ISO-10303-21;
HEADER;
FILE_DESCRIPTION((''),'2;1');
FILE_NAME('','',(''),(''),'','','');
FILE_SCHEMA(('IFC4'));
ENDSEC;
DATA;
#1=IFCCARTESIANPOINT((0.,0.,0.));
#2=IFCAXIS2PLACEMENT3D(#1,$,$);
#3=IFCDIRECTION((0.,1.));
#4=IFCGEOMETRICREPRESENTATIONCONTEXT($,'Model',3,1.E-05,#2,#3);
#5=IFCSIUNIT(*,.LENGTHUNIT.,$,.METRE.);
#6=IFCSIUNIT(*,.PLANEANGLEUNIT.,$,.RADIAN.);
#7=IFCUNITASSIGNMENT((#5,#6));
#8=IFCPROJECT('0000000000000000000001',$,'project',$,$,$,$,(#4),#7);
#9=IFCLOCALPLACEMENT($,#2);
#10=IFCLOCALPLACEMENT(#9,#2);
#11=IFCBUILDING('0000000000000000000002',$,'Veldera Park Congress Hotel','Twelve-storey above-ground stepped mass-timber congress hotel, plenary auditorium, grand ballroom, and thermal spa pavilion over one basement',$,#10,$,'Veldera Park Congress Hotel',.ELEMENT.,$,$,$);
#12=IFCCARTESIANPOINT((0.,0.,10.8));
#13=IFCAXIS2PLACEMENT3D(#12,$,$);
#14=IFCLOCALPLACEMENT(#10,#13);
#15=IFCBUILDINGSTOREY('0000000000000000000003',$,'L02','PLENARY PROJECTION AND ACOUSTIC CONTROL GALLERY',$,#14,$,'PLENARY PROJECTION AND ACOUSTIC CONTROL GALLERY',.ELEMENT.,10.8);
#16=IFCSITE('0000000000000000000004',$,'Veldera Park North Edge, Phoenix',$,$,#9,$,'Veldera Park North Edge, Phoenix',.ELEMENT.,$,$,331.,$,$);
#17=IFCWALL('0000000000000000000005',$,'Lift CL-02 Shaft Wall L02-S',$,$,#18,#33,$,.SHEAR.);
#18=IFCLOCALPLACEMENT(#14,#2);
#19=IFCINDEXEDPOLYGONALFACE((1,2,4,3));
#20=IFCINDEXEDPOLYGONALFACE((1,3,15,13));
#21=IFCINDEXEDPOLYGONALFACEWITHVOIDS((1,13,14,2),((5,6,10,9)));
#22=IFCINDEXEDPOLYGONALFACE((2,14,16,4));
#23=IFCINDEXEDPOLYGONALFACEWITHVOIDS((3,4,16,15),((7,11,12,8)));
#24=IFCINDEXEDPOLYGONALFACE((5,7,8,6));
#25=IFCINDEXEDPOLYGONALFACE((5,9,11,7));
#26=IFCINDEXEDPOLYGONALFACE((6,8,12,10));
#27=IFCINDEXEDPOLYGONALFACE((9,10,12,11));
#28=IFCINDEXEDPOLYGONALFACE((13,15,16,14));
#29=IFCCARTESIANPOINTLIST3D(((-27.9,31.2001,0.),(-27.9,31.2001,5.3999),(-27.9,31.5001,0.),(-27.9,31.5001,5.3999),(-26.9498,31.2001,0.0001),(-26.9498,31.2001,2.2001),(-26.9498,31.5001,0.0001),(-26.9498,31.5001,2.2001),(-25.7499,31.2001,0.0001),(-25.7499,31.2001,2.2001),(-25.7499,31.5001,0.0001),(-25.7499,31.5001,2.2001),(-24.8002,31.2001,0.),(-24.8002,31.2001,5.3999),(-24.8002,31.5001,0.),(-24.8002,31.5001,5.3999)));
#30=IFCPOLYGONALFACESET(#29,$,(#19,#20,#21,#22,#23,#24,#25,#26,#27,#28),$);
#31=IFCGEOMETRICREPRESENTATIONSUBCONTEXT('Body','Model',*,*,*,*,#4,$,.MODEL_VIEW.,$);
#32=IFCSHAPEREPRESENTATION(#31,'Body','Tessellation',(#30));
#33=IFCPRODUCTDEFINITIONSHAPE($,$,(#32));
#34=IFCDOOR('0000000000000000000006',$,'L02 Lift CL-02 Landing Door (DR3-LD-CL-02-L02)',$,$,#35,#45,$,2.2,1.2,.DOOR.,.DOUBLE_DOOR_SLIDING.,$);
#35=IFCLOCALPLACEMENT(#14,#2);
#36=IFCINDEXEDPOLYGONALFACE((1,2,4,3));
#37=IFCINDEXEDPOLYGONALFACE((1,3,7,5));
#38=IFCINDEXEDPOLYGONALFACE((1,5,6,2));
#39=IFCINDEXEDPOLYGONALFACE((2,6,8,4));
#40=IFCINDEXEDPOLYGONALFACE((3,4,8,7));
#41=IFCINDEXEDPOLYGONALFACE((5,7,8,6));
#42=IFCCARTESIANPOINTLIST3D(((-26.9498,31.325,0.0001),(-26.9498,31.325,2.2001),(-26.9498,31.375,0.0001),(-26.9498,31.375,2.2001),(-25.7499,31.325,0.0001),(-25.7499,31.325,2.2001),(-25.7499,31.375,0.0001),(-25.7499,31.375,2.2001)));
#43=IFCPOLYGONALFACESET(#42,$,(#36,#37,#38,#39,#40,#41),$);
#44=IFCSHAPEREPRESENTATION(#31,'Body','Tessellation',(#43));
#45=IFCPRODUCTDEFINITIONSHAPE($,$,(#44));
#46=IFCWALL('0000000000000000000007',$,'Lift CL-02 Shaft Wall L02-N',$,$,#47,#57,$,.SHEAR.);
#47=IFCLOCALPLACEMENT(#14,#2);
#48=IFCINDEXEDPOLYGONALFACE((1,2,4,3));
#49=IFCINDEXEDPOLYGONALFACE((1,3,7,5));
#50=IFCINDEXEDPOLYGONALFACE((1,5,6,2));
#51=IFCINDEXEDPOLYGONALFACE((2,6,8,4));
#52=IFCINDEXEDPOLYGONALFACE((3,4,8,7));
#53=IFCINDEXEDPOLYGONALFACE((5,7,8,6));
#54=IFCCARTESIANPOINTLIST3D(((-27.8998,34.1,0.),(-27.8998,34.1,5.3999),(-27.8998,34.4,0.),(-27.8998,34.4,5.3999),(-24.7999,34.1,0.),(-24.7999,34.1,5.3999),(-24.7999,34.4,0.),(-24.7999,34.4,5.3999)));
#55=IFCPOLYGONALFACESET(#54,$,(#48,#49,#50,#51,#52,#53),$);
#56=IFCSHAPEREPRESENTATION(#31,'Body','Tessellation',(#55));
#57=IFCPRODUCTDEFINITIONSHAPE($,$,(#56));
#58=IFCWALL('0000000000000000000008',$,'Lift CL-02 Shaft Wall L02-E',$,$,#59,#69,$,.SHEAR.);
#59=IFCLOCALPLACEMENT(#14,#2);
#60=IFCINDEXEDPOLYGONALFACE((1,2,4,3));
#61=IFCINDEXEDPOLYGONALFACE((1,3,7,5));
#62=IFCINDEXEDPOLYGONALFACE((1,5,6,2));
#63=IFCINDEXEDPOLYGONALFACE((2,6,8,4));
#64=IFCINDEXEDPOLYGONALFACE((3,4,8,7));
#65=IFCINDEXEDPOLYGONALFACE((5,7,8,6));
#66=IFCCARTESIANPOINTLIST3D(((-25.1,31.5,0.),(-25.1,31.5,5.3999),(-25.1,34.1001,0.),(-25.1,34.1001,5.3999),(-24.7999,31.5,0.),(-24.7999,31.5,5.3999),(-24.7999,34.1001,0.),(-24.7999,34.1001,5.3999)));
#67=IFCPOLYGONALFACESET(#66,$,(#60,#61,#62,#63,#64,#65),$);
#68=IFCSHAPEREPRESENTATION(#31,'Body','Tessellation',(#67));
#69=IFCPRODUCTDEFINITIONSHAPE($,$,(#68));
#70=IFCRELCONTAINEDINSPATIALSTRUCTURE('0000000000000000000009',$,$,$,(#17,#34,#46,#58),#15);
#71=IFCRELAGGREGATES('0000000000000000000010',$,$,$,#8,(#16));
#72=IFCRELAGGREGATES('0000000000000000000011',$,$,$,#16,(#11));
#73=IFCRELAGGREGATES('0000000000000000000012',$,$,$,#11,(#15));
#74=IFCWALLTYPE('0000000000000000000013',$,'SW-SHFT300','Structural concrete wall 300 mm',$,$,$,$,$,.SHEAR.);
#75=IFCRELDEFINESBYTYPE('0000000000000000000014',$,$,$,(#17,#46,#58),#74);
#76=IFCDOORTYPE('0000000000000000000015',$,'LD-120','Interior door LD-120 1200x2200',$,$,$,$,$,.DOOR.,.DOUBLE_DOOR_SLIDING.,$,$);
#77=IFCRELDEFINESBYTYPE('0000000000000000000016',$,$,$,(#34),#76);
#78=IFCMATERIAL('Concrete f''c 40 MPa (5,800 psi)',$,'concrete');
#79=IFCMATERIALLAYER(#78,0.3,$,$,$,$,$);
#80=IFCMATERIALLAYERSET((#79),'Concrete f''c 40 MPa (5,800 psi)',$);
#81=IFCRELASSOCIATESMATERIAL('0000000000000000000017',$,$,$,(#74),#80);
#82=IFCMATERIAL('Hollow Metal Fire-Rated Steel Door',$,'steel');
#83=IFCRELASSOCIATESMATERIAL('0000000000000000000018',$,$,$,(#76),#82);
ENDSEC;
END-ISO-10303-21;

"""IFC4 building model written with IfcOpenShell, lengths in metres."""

from ifc_helpers import new_model, si_unit, direction, frame, frame_2d, origin, place, context, subcontext, project, spatial, rectangle, extrude, material, layer, layer_set, type_object, element, fill, save


model = new_model("IFC4")

# Units and contexts
model_context = context("Model", 3, precision=1e-05, world=origin(), true_north=direction((0.0, 1.0)))
body_context = subcontext(model_context, "Body", "Model", "MODEL_VIEW")
ifc_project = project(units=[si_unit("LENGTHUNIT", "METRE"), si_unit("PLANEANGLEUNIT", "RADIAN")], contexts=[model_context])

# Site, building, storey
site_placement = place(None, origin())
site = spatial("IfcSite", under=ifc_project, at=site_placement, Name="Veldera Park North Edge, Phoenix", LongName="Veldera Park North Edge, Phoenix", CompositionType="ELEMENT", RefElevation=331.0)
building_placement = place(site_placement, origin())
building = spatial("IfcBuilding", under=site, at=building_placement, Name="Veldera Park Congress Hotel", Description="Twelve-storey above-ground stepped mass-timber congress hotel, plenary auditorium, grand ballroom, and thermal spa pavilion over one basement", LongName="Veldera Park Congress Hotel", CompositionType="ELEMENT")
storey_placement = place(building_placement, frame((0.0, 0.0, 10.8)))
storey = spatial("IfcBuildingStorey", under=building, at=storey_placement, Name="L02", Description="PLENARY PROJECTION AND ACOUSTIC CONTROL GALLERY", LongName="PLENARY PROJECTION AND ACOUSTIC CONTROL GALLERY", CompositionType="ELEMENT", Elevation=10.8)

# Shared definitions
ifc_material_1 = material(Name="Concrete f'c 40 MPa (5,800 psi)", Category="concrete")
ifc_layer_1 = layer(ifc_material_1, 0.3)
ifc_layer_set_1 = layer_set([ifc_layer_1], Name="Concrete f'c 40 MPa (5,800 psi)")
wall_type_1 = type_object("IfcWallType", Name="SW-SHFT300", Description="Structural concrete wall 300 mm", PredefinedType="SHEAR", material=ifc_layer_set_1)
ifc_material_2 = material(Name="Hollow Metal Fire-Rated Steel Door", Category="steel")
door_type_1 = type_object("IfcDoorType", Name="LD-120", Description="Interior door LD-120 1200x2200", OperationType="DOUBLE_DOOR_SLIDING", PredefinedType="DOOR", material=ifc_material_2)

# Wall, opening, door
wall_1_placement = place(storey_placement, frame((-27.8999, 31.3501, 0.0), z_axis=(0.0, 0.0, 1.0), x_axis=(1.0, 0.0, 0.0)))
wall_1 = element("IfcWall", 1, at=wall_1_placement, inside=storey, type_object=wall_type_1, Name="Lift CL-02 Shaft Wall L02-S", PredefinedType="SHEAR", context=body_context, shape_type="SweptSolid", body=[
    extrude(rectangle(XDim=3.0999, YDim=0.3, at=frame_2d((1.5498, 0.0))), origin(), (0.0, 0.0, 1.0), 5.3999),
])
opening_1_placement = place(wall_1_placement, frame((0.95, 0.0, 0.0)))
opening_1 = element("IfcOpeningElement", 2, at=opening_1_placement, cuts=wall_1, PredefinedType="OPENING", context=body_context, shape_type="SweptSolid", body=[
    extrude(rectangle(XDim=1.2, YDim=2.2, at=frame_2d((0.6001, 1.1001))), frame((0.0, 0.1621, 0.0), z_axis=(0.0, -1.0, 0.0), x_axis=(1.0, 0.0, 0.0)), (0.0, 0.0, 1.0), 0.324),
])
door_1_placement = place(opening_1_placement, origin())
door_1 = element("IfcDoor", 3, at=door_1_placement, inside=storey, type_object=door_type_1, Name="L02 Lift CL-02 Landing Door (DR3-LD-CL-02-L02)", OperationType="DOUBLE_DOOR_SLIDING", OverallHeight=2.2, OverallWidth=1.2, PredefinedType="DOOR", context=body_context, shape_type="SweptSolid", body=[
    extrude(rectangle(XDim=1.2, YDim=2.2, at=frame_2d((0.6001, 1.1001))), frame((0.0, 0.0249, 0.0), z_axis=(0.0, -1.0, 0.0), x_axis=(1.0, 0.0, 0.0)), (0.0, 0.0, 1.0), 0.05),
])
fill(opening_1, door_1)

# Walls
wall_2_placement = place(storey_placement, frame((-24.8, 34.25, 0.0), z_axis=(0.0, 0.0, 1.0), x_axis=(-1.0, 0.0, 0.0)))
element("IfcWall", 4, at=wall_2_placement, inside=storey, type_object=wall_type_1, Name="Lift CL-02 Shaft Wall L02-N", PredefinedType="SHEAR", context=body_context, shape_type="SweptSolid", body=[
    extrude(rectangle(XDim=3.0999, YDim=0.3, at=frame_2d((1.5498, 0.0))), origin(), (0.0, 0.0, 1.0), 5.3999),
])
wall_3_placement = place(storey_placement, frame((-24.95, 31.5, 0.0), z_axis=(0.0, 0.0, 1.0), x_axis=(0.0, 1.0, 0.0)))
element("IfcWall", 5, at=wall_3_placement, inside=storey, type_object=wall_type_1, Name="Lift CL-02 Shaft Wall L02-E", PredefinedType="SHEAR", context=body_context, shape_type="SweptSolid", body=[
    extrude(rectangle(XDim=2.6001, YDim=0.3, at=frame_2d((1.3, 0.0))), origin(), (0.0, 0.0, 1.0), 5.3999),
])

save(model, "model.ifc")
